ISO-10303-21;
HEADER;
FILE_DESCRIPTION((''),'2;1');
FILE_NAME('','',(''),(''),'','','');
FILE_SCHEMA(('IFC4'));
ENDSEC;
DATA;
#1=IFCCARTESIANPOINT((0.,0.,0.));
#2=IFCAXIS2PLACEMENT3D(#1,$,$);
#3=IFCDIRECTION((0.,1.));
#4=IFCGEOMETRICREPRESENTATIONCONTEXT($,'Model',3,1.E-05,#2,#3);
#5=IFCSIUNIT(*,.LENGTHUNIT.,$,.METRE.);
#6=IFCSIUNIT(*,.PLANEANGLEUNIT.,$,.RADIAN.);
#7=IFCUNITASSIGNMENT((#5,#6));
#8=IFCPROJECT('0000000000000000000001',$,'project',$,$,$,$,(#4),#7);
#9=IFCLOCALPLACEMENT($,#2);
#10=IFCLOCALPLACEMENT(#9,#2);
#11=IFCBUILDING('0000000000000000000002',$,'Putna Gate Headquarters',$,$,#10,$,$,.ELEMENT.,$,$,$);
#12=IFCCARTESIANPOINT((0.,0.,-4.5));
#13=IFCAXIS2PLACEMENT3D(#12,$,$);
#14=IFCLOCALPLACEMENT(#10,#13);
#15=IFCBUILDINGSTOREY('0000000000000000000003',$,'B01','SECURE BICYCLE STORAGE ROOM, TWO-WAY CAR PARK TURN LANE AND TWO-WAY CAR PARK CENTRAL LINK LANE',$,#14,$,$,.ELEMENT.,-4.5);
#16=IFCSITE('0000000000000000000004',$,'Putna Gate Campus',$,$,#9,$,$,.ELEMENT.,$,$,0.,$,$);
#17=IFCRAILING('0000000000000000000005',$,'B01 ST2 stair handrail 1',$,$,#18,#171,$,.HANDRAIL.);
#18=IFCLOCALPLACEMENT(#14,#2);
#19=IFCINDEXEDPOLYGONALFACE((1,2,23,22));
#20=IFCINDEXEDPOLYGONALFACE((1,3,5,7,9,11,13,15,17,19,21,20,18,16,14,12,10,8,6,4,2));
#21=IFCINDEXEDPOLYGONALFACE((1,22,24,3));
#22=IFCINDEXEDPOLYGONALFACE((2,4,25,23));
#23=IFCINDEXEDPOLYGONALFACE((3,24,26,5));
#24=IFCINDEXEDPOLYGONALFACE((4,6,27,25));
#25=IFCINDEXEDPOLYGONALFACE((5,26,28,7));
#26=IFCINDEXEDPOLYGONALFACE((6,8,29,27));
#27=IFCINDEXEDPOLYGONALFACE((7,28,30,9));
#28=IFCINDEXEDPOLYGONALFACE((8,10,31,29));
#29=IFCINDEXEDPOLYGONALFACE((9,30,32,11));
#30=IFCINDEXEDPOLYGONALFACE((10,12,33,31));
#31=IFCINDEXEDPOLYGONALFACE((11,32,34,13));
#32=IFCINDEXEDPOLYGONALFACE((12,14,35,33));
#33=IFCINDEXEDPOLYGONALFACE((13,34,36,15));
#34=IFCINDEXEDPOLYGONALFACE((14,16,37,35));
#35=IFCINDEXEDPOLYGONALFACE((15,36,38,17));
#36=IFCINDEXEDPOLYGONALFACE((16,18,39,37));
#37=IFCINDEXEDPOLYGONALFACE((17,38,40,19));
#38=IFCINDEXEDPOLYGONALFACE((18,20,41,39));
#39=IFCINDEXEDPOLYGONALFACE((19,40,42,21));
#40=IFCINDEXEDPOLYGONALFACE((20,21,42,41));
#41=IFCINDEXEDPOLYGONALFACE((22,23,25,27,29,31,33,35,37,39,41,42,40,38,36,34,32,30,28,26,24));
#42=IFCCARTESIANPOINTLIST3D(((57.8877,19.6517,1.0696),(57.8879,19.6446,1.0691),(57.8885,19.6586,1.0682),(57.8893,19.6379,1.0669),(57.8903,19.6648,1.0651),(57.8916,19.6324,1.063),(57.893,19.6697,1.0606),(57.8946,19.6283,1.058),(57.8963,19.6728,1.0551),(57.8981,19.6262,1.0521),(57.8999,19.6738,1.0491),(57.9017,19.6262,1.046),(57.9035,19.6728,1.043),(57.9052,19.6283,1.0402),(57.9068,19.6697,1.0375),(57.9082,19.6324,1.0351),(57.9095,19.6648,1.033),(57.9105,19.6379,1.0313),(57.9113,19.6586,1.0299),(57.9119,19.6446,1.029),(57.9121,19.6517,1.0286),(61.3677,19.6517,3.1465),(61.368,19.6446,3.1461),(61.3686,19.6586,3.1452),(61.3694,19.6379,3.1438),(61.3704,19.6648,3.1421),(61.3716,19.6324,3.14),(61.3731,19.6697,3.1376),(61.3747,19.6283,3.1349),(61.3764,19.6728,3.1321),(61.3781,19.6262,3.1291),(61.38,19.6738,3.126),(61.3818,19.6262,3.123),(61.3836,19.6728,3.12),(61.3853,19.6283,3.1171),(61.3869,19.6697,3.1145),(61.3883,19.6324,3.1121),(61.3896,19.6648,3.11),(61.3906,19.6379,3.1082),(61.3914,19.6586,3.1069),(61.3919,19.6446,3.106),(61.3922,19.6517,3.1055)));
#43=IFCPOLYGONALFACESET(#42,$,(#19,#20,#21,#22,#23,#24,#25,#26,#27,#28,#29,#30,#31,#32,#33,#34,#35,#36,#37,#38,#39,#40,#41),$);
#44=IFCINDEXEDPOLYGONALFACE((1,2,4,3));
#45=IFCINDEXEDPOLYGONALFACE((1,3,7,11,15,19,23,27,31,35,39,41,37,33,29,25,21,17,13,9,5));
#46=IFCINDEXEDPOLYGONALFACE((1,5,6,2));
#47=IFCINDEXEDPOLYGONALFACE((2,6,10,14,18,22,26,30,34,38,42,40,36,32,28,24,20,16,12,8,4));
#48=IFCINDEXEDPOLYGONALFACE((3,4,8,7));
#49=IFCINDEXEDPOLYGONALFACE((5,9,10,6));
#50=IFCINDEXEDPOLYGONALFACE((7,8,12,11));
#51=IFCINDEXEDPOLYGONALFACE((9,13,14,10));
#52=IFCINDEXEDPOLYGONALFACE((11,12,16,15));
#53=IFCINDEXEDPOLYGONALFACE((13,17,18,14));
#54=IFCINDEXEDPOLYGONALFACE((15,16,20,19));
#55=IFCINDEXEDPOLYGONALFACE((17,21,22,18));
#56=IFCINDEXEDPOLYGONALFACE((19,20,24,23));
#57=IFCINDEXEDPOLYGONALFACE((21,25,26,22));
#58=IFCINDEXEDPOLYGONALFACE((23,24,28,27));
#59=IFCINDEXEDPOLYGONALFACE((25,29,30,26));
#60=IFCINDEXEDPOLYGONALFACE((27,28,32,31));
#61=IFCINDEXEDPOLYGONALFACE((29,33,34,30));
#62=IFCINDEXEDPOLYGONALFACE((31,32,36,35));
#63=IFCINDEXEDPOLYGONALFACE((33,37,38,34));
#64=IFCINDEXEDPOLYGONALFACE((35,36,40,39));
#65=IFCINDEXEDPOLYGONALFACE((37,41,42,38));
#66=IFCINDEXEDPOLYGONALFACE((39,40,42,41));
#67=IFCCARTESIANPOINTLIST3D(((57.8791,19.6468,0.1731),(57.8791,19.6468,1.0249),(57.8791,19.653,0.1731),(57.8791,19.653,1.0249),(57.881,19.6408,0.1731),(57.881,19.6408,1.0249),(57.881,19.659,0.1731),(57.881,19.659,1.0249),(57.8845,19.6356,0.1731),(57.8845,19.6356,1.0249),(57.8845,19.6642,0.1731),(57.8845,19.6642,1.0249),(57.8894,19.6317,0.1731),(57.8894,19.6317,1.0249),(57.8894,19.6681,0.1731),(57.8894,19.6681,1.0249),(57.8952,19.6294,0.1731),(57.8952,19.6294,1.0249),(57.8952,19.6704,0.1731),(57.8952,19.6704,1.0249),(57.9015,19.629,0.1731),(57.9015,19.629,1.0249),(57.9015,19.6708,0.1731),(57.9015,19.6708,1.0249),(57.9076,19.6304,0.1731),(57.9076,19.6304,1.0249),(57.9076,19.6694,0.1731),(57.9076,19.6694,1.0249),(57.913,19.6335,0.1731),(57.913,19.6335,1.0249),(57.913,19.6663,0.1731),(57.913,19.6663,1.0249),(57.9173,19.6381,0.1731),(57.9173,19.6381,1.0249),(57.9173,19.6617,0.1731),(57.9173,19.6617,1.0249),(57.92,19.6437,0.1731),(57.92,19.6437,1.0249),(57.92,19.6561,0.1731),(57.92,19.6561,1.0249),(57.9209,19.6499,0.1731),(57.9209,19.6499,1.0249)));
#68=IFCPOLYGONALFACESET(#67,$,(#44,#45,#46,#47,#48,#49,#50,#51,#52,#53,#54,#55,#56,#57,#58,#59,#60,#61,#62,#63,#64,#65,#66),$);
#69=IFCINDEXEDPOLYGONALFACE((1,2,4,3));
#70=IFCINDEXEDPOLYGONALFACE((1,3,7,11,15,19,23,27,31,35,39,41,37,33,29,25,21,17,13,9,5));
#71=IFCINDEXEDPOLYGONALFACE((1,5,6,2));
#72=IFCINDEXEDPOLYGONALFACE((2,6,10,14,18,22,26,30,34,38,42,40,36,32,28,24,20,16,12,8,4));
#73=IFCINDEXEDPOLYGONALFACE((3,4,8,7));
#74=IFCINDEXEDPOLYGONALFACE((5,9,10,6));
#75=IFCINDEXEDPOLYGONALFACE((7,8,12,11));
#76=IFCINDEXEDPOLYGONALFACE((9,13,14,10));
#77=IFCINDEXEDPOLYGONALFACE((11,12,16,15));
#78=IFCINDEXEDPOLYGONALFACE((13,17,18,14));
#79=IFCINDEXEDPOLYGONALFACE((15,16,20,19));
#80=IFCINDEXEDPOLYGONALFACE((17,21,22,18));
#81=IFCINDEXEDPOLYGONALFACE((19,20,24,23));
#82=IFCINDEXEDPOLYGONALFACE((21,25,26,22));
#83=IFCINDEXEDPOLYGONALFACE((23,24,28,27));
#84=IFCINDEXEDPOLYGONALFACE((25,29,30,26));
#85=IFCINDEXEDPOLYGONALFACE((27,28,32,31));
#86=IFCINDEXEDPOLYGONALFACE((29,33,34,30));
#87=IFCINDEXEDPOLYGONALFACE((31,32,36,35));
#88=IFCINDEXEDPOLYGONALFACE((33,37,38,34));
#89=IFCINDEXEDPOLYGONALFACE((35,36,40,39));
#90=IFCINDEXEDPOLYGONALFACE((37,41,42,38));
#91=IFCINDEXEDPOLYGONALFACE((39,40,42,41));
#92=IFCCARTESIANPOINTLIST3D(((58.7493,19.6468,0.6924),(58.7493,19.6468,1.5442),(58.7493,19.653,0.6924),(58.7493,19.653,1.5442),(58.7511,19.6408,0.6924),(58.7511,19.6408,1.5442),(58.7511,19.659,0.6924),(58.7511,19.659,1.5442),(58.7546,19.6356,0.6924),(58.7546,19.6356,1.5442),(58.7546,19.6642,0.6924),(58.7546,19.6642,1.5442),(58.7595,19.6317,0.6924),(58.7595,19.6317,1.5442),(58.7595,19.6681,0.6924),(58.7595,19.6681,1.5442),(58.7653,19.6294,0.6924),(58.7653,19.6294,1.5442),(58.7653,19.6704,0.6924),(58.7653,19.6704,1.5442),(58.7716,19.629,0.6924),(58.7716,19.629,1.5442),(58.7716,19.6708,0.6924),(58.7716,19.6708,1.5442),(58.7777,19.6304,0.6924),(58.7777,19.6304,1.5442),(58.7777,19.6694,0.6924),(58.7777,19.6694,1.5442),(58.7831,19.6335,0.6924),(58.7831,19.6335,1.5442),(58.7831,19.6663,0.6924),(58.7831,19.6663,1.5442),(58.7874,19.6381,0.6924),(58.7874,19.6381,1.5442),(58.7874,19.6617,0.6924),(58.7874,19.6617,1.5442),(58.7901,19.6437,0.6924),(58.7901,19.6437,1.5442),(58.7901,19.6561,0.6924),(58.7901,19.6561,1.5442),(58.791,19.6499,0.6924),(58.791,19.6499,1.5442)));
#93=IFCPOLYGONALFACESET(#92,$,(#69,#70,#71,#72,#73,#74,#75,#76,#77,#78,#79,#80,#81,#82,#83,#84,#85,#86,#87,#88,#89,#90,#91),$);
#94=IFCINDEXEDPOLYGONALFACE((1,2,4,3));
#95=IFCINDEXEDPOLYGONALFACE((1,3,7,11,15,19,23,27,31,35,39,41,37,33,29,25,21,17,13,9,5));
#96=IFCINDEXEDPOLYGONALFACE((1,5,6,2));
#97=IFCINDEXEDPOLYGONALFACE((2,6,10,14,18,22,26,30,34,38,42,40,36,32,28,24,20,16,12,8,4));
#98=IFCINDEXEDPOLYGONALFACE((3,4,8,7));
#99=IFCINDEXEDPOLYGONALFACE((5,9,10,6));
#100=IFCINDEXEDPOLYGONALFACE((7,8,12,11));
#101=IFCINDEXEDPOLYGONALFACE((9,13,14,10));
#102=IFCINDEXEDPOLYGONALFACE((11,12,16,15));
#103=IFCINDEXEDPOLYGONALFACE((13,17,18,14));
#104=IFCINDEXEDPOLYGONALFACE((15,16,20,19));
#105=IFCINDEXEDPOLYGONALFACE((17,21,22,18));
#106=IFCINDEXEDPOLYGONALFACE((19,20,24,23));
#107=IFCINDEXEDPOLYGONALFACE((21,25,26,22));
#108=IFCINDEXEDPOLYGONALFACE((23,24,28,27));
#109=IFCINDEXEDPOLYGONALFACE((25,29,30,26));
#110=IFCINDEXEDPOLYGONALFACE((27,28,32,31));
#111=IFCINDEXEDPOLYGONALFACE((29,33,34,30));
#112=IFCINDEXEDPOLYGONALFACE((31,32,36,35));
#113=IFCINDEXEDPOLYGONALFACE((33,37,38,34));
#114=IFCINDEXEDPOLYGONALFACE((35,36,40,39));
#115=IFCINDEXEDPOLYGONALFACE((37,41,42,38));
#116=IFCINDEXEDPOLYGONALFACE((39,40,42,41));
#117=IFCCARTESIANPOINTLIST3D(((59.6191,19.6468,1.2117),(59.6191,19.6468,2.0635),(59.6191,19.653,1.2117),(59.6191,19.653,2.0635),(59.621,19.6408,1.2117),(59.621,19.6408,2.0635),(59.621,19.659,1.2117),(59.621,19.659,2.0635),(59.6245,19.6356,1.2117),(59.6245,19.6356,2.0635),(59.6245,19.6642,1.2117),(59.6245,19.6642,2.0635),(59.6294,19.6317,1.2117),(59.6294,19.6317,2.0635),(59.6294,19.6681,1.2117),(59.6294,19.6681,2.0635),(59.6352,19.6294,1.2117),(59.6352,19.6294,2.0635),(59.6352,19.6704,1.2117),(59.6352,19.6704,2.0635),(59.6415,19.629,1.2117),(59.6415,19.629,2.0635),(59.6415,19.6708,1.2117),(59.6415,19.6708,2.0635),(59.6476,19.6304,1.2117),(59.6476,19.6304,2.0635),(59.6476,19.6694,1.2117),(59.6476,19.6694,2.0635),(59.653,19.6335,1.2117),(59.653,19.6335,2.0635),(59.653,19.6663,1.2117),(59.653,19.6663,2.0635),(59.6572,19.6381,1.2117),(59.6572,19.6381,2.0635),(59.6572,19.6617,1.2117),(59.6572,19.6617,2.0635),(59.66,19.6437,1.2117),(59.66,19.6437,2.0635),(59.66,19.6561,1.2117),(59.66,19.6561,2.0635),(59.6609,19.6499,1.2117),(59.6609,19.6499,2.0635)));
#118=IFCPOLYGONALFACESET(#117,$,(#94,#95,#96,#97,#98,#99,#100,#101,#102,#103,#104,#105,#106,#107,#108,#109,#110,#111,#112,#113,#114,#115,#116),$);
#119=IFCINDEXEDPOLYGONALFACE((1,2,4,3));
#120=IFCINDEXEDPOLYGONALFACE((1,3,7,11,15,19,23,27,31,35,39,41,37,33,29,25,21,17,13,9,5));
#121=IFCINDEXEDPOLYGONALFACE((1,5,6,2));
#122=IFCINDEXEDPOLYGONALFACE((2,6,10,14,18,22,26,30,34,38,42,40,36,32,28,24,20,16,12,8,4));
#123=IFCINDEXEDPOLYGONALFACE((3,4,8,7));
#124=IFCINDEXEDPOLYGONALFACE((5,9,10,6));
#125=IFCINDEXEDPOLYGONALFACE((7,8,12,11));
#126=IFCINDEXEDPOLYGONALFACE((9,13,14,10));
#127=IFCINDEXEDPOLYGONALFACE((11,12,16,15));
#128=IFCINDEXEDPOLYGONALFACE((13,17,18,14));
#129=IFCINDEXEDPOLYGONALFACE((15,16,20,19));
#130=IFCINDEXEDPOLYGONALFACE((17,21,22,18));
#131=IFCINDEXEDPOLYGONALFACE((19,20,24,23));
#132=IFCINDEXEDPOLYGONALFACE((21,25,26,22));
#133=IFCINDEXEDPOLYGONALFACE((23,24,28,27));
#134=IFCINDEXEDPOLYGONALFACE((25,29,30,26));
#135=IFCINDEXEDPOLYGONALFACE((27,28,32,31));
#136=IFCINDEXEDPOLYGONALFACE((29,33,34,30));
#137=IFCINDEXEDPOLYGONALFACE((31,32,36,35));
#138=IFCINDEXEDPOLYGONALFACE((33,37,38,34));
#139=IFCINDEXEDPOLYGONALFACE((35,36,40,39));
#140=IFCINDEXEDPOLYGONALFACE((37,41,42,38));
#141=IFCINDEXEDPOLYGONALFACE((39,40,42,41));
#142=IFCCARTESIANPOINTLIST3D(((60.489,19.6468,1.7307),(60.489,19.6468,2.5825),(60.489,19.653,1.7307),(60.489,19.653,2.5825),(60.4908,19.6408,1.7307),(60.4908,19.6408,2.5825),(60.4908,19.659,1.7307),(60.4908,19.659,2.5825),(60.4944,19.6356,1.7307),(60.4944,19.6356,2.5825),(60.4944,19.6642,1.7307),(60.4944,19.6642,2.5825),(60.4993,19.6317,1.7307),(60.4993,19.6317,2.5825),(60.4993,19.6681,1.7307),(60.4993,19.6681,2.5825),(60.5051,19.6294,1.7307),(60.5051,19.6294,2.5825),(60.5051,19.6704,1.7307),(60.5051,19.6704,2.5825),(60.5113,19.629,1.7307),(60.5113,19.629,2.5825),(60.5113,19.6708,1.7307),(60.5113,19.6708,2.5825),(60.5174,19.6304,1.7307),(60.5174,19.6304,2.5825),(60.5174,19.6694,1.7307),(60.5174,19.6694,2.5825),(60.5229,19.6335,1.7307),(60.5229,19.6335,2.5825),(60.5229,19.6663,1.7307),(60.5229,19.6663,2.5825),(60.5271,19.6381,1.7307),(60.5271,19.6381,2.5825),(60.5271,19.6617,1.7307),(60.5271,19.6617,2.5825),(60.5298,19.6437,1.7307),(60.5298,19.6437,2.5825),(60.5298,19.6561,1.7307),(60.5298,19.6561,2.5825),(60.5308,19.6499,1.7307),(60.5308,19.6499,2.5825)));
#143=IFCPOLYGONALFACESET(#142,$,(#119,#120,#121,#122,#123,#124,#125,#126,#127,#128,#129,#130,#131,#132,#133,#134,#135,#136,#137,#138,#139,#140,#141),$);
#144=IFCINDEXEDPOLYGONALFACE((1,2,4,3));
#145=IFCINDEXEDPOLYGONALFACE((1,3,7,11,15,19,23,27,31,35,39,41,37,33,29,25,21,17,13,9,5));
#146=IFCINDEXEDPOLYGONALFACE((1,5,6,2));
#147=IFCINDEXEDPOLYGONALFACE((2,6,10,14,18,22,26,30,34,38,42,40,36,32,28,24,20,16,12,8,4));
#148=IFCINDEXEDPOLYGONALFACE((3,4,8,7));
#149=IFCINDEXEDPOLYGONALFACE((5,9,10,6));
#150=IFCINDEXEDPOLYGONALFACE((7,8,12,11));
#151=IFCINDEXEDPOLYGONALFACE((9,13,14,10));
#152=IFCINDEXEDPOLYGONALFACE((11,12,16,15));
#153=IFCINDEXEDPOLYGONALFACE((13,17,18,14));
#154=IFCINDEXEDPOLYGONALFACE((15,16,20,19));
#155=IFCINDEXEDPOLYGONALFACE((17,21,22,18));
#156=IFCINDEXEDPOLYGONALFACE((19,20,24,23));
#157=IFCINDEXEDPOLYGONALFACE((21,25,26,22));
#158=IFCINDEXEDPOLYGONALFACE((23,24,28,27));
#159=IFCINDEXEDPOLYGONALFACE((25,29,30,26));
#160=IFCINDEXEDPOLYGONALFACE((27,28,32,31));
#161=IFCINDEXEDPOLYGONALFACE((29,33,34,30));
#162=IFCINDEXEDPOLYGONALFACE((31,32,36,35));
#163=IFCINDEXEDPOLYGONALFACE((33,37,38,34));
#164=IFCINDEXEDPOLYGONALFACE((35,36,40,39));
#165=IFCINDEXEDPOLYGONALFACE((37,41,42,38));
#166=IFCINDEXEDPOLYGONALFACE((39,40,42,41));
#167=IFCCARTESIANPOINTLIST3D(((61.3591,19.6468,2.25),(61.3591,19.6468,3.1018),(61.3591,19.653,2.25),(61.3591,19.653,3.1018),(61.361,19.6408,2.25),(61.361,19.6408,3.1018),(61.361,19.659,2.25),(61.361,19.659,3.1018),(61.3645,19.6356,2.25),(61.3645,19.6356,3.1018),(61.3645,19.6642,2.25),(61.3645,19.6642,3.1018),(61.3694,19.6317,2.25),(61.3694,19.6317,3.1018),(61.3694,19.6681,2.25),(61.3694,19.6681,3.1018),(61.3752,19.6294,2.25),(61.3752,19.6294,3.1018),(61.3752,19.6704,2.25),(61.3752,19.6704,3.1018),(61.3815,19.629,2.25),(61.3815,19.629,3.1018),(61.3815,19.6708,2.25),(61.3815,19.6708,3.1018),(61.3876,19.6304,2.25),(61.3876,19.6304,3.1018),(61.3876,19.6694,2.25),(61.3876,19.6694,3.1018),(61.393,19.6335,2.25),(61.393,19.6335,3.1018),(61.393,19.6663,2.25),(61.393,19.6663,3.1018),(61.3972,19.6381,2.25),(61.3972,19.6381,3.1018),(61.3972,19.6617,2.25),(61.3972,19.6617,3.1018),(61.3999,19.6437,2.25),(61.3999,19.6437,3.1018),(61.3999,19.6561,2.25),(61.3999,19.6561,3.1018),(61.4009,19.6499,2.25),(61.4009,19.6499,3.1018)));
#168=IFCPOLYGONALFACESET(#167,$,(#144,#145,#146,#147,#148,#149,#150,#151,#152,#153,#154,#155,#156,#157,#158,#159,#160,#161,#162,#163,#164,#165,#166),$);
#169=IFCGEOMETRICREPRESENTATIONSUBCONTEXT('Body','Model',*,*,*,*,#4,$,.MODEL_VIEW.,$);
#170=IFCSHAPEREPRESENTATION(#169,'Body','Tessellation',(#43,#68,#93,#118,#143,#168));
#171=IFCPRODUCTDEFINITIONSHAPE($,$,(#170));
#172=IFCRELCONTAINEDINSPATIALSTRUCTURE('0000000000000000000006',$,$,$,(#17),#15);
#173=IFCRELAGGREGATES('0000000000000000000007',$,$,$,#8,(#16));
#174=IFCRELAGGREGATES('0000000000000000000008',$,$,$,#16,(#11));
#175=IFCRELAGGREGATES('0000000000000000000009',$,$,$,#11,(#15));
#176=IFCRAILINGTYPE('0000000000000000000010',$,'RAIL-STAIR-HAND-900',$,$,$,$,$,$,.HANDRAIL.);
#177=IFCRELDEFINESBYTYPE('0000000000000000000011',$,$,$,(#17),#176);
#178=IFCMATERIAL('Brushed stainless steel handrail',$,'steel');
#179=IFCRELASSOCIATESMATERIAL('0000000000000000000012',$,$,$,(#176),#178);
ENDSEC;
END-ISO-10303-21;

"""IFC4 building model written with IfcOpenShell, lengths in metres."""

from ifc_helpers import new_model, si_unit, direction, frame, origin, origin_2d, place, context, subcontext, project, spatial, circle, extrude, material, type_object, element, save


model = new_model("IFC4")

# Units and contexts
model_context = context("Model", 3, precision=1e-05, world=origin(), true_north=direction((0.0, 1.0)))
body_context = subcontext(model_context, "Body", "Model", "MODEL_VIEW")
ifc_project = project(units=[si_unit("LENGTHUNIT", "METRE"), si_unit("PLANEANGLEUNIT", "RADIAN")], contexts=[model_context])

# Site, building, storey
site_placement = place(None, origin())
site = spatial("IfcSite", under=ifc_project, at=site_placement, Name="Putna Gate Campus", CompositionType="ELEMENT", RefElevation=0.0)
building_placement = place(site_placement, origin())
building = spatial("IfcBuilding", under=site, at=building_placement, Name="Putna Gate Headquarters", CompositionType="ELEMENT")
storey_placement = place(building_placement, frame((0.0, 0.0, -4.5)))
storey = spatial("IfcBuildingStorey", under=building, at=storey_placement, Name="B01", Description="SECURE BICYCLE STORAGE ROOM, TWO-WAY CAR PARK TURN LANE AND TWO-WAY CAR PARK CENTRAL LINK LANE", CompositionType="ELEMENT", Elevation=-4.5)

# Railing
ifc_material_1 = material(Name="Brushed stainless steel handrail", Category="steel")
railing_type_1 = type_object("IfcRailingType", Name="RAIL-STAIR-HAND-900", PredefinedType="HANDRAIL", material=ifc_material_1)
railing_1_placement = place(storey_placement, frame((57.8999, 19.6499, 0.1731)))
element("IfcRailing", 1, at=railing_1_placement, inside=storey, type_object=railing_type_1, Name="B01 ST2 stair handrail 1", PredefinedType="HANDRAIL", context=body_context, shape_type="SweptSolid", body=[
    extrude(circle(Radius=0.0239, at=origin_2d()), frame((0.0, 0.0, 0.876), z_axis=(0.858697, 0.0, 0.512483), x_axis=(0.0, 1.0, 0.0)), (0.0, 0.0, 1.0), 4.0527),
    extrude(circle(Radius=0.021, at=origin_2d()), origin(), (0.0, 0.0, 1.0), 0.8518),
    extrude(circle(Radius=0.021, at=origin_2d()), frame((0.8701, 0.0, 0.5193)), (0.0, 0.0, 1.0), 0.8518),
    extrude(circle(Radius=0.021, at=origin_2d()), frame((1.74, 0.0, 1.0386)), (0.0, 0.0, 1.0), 0.8518),
    extrude(circle(Radius=0.021, at=origin_2d()), frame((2.6099, 0.0, 1.5576)), (0.0, 0.0, 1.0), 0.8518),
    extrude(circle(Radius=0.021, at=origin_2d()), frame((3.48, 0.0, 2.0769)), (0.0, 0.0, 1.0), 0.8518),
])

save(model, "model.ifc")
